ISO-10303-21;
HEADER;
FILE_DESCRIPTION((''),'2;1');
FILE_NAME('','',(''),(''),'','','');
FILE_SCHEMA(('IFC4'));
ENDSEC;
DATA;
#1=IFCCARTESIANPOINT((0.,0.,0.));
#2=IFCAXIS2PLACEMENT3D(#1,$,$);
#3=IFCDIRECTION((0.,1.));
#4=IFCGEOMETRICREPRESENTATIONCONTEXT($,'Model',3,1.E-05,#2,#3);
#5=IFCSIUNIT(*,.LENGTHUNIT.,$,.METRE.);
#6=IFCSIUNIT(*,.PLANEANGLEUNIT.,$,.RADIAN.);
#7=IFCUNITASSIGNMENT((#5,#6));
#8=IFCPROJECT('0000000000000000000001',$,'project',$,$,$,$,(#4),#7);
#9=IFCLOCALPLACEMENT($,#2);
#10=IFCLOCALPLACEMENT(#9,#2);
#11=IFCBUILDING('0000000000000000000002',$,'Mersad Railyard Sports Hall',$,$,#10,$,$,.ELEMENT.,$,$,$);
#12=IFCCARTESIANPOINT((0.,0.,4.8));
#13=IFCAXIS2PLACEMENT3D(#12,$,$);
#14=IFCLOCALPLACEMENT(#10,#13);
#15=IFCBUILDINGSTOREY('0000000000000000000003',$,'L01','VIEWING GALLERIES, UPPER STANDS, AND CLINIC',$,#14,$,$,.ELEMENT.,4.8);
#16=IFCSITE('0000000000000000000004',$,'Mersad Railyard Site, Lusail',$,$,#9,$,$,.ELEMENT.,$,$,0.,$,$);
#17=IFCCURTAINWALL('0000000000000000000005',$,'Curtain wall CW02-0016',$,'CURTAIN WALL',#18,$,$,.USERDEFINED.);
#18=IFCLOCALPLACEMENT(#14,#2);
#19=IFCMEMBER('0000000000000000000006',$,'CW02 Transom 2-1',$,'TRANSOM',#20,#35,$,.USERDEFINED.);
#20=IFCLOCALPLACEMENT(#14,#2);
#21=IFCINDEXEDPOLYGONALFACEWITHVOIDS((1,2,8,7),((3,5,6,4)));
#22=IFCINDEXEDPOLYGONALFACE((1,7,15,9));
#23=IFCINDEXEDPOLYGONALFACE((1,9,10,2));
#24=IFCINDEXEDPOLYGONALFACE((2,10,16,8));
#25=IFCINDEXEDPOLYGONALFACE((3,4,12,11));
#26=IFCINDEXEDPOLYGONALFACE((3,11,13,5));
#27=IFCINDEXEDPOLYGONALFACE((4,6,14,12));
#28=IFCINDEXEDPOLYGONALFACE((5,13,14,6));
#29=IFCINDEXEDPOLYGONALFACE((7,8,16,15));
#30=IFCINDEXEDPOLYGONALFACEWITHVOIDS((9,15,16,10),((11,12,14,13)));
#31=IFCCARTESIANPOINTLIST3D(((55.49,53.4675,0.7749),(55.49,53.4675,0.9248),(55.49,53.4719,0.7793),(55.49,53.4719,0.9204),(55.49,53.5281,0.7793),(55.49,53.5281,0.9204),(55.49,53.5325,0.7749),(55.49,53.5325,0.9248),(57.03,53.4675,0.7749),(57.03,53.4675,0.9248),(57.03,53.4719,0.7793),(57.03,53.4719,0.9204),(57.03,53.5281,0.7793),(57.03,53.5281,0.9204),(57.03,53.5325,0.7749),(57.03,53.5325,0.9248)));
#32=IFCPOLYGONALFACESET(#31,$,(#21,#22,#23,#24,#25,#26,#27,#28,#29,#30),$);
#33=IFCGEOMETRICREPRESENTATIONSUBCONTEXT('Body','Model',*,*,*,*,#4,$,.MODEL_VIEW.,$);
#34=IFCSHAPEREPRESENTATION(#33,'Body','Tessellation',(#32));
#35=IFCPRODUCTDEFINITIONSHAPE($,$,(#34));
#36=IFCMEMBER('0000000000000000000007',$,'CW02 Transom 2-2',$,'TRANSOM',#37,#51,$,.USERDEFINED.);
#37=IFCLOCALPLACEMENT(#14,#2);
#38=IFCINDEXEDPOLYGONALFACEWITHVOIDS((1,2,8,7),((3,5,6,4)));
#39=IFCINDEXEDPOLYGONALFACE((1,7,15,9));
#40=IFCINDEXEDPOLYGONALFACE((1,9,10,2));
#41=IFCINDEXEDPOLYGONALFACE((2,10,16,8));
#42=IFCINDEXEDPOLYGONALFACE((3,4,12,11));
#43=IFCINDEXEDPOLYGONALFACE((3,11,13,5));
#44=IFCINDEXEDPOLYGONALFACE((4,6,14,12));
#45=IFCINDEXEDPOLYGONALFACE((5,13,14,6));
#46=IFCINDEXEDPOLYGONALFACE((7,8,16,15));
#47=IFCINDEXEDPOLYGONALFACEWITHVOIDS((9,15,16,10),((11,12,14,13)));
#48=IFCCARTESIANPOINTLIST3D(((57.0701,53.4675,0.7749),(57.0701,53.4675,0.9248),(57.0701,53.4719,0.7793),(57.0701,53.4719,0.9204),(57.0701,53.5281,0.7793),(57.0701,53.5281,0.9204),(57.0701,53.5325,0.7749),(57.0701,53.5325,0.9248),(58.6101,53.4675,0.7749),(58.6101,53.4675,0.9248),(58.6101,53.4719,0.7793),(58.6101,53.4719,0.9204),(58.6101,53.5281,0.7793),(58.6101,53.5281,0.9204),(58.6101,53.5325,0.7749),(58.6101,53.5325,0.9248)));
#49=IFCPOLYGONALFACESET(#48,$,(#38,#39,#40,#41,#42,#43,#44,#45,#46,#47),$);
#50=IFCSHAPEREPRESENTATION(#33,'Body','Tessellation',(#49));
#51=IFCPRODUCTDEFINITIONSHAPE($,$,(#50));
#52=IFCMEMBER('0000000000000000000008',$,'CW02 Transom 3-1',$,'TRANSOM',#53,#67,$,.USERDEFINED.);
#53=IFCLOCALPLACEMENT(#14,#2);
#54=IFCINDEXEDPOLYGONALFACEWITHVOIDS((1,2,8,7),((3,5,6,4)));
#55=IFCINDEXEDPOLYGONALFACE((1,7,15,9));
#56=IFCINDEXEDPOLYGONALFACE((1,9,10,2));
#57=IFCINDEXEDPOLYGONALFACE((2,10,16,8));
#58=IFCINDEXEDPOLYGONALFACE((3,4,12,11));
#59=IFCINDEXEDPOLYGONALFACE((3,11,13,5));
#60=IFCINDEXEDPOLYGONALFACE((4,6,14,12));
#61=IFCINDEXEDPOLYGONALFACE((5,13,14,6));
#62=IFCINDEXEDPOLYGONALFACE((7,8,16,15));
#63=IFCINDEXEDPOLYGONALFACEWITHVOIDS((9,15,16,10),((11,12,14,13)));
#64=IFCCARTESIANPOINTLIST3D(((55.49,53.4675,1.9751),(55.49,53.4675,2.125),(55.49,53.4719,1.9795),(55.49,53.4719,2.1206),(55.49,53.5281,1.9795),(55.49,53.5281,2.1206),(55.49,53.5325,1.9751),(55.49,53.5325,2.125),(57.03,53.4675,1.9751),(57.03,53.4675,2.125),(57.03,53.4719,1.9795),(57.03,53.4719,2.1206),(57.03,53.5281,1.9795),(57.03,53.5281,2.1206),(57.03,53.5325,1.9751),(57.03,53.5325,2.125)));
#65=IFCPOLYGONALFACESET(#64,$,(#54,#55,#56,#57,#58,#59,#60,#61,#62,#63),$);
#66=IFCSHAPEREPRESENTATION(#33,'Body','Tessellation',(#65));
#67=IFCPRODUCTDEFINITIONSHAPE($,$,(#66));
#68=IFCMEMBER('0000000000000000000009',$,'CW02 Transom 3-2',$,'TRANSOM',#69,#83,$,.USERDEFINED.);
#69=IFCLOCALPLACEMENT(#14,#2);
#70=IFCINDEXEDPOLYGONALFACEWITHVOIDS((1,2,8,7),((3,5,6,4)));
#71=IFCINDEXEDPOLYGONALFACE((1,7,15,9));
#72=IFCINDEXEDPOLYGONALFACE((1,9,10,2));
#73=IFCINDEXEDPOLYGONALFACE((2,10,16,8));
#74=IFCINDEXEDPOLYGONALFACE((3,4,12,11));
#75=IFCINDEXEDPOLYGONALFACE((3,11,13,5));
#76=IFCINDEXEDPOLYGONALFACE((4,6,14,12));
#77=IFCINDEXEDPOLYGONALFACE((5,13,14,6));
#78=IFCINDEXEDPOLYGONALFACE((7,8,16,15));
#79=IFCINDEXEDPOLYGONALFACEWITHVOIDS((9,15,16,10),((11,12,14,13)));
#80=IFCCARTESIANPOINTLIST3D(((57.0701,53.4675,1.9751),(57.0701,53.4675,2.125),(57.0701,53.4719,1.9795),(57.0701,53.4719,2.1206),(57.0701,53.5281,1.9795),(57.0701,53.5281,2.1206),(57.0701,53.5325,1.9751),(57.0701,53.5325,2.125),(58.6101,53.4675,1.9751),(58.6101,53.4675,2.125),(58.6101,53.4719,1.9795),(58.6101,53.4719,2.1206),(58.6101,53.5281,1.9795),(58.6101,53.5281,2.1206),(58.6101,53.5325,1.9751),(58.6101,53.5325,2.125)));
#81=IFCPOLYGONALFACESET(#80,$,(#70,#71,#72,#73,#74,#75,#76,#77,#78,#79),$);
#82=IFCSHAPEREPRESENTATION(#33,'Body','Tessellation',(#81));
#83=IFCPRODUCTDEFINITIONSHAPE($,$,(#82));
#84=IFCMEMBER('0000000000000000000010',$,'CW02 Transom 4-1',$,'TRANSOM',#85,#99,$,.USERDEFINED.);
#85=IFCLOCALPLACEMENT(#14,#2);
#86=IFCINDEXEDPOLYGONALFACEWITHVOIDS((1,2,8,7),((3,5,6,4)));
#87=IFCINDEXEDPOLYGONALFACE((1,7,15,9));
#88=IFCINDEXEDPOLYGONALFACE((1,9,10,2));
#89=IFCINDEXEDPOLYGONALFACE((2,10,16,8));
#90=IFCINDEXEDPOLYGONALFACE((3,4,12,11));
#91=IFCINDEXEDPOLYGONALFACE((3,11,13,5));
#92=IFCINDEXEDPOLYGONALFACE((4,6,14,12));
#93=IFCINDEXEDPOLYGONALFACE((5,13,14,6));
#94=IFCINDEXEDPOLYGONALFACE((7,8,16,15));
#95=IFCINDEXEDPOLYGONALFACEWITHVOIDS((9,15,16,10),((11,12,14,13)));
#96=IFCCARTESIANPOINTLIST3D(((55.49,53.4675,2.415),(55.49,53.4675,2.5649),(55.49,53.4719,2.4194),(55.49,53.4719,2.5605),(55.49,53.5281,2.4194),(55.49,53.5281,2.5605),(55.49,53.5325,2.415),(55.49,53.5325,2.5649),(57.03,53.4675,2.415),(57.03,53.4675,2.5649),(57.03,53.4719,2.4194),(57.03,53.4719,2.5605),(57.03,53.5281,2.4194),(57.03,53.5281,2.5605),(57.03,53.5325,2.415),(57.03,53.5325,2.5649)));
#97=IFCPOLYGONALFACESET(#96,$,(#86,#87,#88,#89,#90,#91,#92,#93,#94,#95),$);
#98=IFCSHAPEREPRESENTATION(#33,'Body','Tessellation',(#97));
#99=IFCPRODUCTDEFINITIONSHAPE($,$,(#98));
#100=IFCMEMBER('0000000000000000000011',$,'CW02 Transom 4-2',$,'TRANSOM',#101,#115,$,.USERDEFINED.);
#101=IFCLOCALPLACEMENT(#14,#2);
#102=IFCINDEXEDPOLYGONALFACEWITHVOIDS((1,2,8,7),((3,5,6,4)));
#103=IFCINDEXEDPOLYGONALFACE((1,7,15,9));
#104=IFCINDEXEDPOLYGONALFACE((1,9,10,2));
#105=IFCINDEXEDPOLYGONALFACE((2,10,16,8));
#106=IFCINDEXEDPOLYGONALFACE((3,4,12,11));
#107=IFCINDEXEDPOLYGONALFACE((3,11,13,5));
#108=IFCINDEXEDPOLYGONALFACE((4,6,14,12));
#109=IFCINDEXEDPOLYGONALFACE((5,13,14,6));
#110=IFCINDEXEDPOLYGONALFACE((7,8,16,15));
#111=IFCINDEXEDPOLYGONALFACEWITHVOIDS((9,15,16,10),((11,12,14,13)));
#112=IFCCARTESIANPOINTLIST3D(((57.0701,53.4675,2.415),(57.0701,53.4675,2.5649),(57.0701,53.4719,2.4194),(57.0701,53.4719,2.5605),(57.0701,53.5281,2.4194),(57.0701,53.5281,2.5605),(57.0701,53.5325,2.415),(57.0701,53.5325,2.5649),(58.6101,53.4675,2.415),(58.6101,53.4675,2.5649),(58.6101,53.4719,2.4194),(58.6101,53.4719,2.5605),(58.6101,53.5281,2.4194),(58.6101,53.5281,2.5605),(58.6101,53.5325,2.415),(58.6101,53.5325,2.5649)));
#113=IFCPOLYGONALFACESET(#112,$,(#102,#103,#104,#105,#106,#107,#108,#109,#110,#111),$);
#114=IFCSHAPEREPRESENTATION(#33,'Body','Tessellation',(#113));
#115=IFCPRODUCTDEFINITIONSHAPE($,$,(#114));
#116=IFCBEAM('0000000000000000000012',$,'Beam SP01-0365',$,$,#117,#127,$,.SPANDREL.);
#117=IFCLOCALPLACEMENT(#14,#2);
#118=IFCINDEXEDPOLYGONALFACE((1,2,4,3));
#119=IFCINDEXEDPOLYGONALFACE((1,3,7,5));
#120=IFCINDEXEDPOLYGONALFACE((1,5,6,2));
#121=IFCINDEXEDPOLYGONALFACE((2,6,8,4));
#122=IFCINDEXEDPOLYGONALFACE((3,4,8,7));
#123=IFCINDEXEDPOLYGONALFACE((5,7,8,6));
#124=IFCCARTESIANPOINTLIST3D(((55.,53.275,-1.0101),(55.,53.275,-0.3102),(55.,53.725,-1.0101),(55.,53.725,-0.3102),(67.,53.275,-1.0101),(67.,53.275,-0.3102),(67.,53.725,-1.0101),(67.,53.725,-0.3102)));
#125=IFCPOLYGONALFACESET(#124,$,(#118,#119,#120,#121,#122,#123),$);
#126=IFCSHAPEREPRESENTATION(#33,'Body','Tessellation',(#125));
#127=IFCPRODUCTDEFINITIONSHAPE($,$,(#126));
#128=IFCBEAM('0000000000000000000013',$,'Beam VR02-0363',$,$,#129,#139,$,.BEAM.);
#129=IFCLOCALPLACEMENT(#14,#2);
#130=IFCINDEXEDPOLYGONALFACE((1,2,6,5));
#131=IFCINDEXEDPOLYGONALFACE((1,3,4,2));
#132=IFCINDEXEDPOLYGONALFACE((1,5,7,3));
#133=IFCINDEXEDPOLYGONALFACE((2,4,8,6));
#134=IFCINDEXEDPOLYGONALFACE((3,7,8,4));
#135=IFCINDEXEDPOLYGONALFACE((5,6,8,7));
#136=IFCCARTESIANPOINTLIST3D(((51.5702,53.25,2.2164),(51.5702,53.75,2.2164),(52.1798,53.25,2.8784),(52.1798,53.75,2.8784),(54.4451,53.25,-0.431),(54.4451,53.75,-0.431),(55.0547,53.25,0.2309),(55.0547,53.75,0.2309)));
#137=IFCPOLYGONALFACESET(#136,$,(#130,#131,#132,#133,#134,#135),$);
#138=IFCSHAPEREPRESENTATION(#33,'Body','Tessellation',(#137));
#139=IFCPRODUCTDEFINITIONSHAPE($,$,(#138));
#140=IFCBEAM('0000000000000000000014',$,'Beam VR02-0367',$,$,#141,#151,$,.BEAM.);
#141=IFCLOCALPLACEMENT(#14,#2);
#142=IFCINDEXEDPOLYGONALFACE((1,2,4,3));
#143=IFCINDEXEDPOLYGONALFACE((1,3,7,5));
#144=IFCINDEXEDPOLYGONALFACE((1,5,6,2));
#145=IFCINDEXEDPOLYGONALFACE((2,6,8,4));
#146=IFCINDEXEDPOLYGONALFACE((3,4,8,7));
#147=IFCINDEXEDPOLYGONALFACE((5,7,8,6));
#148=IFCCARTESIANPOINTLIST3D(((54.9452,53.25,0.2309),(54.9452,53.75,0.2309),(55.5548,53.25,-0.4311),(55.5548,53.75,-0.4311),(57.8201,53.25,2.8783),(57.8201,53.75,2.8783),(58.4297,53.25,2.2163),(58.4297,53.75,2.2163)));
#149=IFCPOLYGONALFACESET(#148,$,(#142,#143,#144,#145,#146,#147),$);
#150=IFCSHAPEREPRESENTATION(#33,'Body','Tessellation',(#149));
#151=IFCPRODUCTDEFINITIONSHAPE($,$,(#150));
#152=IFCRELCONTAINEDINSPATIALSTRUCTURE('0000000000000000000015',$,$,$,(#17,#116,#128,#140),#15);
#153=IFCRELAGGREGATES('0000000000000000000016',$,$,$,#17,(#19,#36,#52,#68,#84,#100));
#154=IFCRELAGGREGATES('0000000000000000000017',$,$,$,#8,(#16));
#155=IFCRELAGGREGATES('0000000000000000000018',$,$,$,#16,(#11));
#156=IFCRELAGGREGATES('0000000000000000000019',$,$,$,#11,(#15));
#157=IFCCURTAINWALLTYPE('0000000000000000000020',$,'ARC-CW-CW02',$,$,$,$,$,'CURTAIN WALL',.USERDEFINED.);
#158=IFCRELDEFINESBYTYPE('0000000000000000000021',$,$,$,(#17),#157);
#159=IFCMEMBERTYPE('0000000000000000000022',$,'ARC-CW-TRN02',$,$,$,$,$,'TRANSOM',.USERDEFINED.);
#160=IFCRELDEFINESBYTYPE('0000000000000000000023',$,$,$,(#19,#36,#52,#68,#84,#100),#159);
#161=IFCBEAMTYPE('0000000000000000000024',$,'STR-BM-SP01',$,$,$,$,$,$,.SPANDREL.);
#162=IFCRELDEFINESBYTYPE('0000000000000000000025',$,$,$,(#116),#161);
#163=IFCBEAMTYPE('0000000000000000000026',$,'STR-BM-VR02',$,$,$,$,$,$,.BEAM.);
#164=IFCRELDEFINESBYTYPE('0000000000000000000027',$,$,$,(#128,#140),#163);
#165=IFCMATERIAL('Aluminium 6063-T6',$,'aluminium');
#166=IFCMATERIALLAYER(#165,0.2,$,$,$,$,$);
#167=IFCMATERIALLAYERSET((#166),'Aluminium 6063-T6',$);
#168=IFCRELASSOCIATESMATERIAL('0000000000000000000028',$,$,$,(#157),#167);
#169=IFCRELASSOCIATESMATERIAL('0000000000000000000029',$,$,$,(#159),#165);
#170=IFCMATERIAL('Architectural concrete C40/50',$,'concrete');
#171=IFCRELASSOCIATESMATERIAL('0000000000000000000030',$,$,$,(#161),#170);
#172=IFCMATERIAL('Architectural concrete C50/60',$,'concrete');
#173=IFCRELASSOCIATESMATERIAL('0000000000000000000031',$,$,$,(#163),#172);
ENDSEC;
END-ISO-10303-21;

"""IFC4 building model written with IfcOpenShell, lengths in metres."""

from ifc_helpers import new_model, si_unit, direction, frame, origin, origin_2d, place, context, subcontext, project, spatial, rectangle, hollow_rectangle, extrude, material, layer, layer_set, material_profile, profile_set, type_object, element, aggregate, save


model = new_model("IFC4")

# Units and contexts
model_context = context("Model", 3, precision=1e-05, world=origin(), true_north=direction((0.0, 1.0)))
body_context = subcontext(model_context, "Body", "Model", "MODEL_VIEW")
ifc_project = project(units=[si_unit("LENGTHUNIT", "METRE"), si_unit("PLANEANGLEUNIT", "RADIAN")], contexts=[model_context])

# Site, building, storey
site_placement = place(None, origin())
site = spatial("IfcSite", under=ifc_project, at=site_placement, Name="Mersad Railyard Site, Lusail", CompositionType="ELEMENT", RefElevation=0.0)
building_placement = place(site_placement, origin())
building = spatial("IfcBuilding", under=site, at=building_placement, Name="Mersad Railyard Sports Hall", CompositionType="ELEMENT")
storey_placement = place(building_placement, frame((0.0, 0.0, 4.8)))
storey = spatial("IfcBuildingStorey", under=building, at=storey_placement, Name="L01", Description="VIEWING GALLERIES, UPPER STANDS, AND CLINIC", CompositionType="ELEMENT", Elevation=4.8)

# Shared definitions
ifc_material_1 = material(Name="Architectural concrete C50/60", Category="concrete")

# Curtain wall
ifc_material_2 = material(Name="Aluminium 6063-T6", Category="aluminium")
ifc_layer_1 = layer(ifc_material_2, 0.2)
ifc_layer_set_1 = layer_set([ifc_layer_1], Name="Aluminium 6063-T6")
curtain_wall_type = type_object("IfcCurtainWallType", Name="ARC-CW-CW02", ElementType="CURTAIN WALL", PredefinedType="USERDEFINED", material=ifc_layer_set_1)
curtain_wall_1_placement = place(storey_placement, origin())
curtain_wall_1 = element("IfcCurtainWall", 1, at=curtain_wall_1_placement, inside=storey, type_object=curtain_wall_type, Name="Curtain wall CW02-0016", ObjectType="CURTAIN WALL", PredefinedType="USERDEFINED")

# Members
ifc_material_profile_1 = material_profile(ifc_material_2, hollow_rectangle(XDim=0.0649, YDim=0.1499, WallThickness=0.0044, at=origin_2d()), Name="AL TRANSOM 65x150x4.5")
ifc_profile_set_1 = profile_set([ifc_material_profile_1], Name="Aluminium 6063-T6")
member_type_1 = type_object("IfcMemberType", Name="ARC-CW-TRN02", ElementType="TRANSOM", PredefinedType="USERDEFINED", material=ifc_profile_set_1)
member_1_placement = place(storey_placement, frame((55.49, 53.5, 0.8499), z_axis=(1.0, 0.0, 0.0), x_axis=(0.0, 1.0, 0.0)))
member_1 = element("IfcMember", 2, at=member_1_placement, type_object=member_type_1, Name="CW02 Transom 2-1", ObjectType="TRANSOM", PredefinedType="USERDEFINED", context=body_context, shape_type="SweptSolid", body=[
    extrude(hollow_rectangle(XDim=0.0649, YDim=0.1499, WallThickness=0.0044, at=origin_2d()), origin(), (0.0, 0.0, 1.0), 1.54),
])
member_2_placement = place(storey_placement, frame((57.0701, 53.5, 0.8499), z_axis=(1.0, 0.0, 0.0), x_axis=(0.0, 1.0, 0.0)))
member_2 = element("IfcMember", 3, at=member_2_placement, type_object=member_type_1, Name="CW02 Transom 2-2", ObjectType="TRANSOM", PredefinedType="USERDEFINED", context=body_context, shape_type="SweptSolid", body=[
    extrude(hollow_rectangle(XDim=0.0649, YDim=0.1499, WallThickness=0.0044, at=origin_2d()), origin(), (0.0, 0.0, 1.0), 1.54),
])
member_3_placement = place(storey_placement, frame((55.49, 53.5, 2.05), z_axis=(1.0, 0.0, 0.0), x_axis=(0.0, 1.0, 0.0)))
member_3 = element("IfcMember", 4, at=member_3_placement, type_object=member_type_1, Name="CW02 Transom 3-1", ObjectType="TRANSOM", PredefinedType="USERDEFINED", context=body_context, shape_type="SweptSolid", body=[
    extrude(hollow_rectangle(XDim=0.0649, YDim=0.1499, WallThickness=0.0044, at=origin_2d()), origin(), (0.0, 0.0, 1.0), 1.54),
])
member_4_placement = place(storey_placement, frame((57.0701, 53.5, 2.05), z_axis=(1.0, 0.0, 0.0), x_axis=(0.0, 1.0, 0.0)))
member_4 = element("IfcMember", 5, at=member_4_placement, type_object=member_type_1, Name="CW02 Transom 3-2", ObjectType="TRANSOM", PredefinedType="USERDEFINED", context=body_context, shape_type="SweptSolid", body=[
    extrude(hollow_rectangle(XDim=0.0649, YDim=0.1499, WallThickness=0.0044, at=origin_2d()), origin(), (0.0, 0.0, 1.0), 1.54),
])
member_5_placement = place(storey_placement, frame((55.49, 53.5, 2.49), z_axis=(1.0, 0.0, 0.0), x_axis=(0.0, 1.0, 0.0)))
member_5 = element("IfcMember", 6, at=member_5_placement, type_object=member_type_1, Name="CW02 Transom 4-1", ObjectType="TRANSOM", PredefinedType="USERDEFINED", context=body_context, shape_type="SweptSolid", body=[
    extrude(hollow_rectangle(XDim=0.0649, YDim=0.1499, WallThickness=0.0044, at=origin_2d()), origin(), (0.0, 0.0, 1.0), 1.54),
])
member_6_placement = place(storey_placement, frame((57.0701, 53.5, 2.49), z_axis=(1.0, 0.0, 0.0), x_axis=(0.0, 1.0, 0.0)))
member_6 = element("IfcMember", 7, at=member_6_placement, type_object=member_type_1, Name="CW02 Transom 4-2", ObjectType="TRANSOM", PredefinedType="USERDEFINED", context=body_context, shape_type="SweptSolid", body=[
    extrude(hollow_rectangle(XDim=0.0649, YDim=0.1499, WallThickness=0.0044, at=origin_2d()), origin(), (0.0, 0.0, 1.0), 1.54),
])

# Beams
ifc_material_3 = material(Name="Architectural concrete C40/50", Category="concrete")
ifc_material_profile_2 = material_profile(ifc_material_3, rectangle(XDim=0.45, YDim=0.7, at=origin_2d()), Name="RC 450x700")
ifc_profile_set_2 = profile_set([ifc_material_profile_2], Name="Architectural concrete C40/50")
beam_type_1 = type_object("IfcBeamType", Name="STR-BM-SP01", PredefinedType="SPANDREL", material=ifc_profile_set_2)
beam_placement = place(storey_placement, frame((55.0, 53.5, -0.6602), z_axis=(1.0, 0.0, 0.0), x_axis=(0.0, 1.0, 0.0)))
element("IfcBeam", 8, at=beam_placement, inside=storey, type_object=beam_type_1, Name="Beam SP01-0365", PredefinedType="SPANDREL", context=body_context, shape_type="SweptSolid", body=[
    extrude(rectangle(XDim=0.45, YDim=0.7, at=origin_2d()), origin(), (0.0, 0.0, 1.0), 12.0),
])
ifc_material_profile_3 = material_profile(ifc_material_1, rectangle(XDim=0.5, YDim=0.8999, at=origin_2d()), Name="VR 500x900")
ifc_profile_set_3 = profile_set([ifc_material_profile_3], Name="Architectural concrete C50/60")
beam_type_2 = type_object("IfcBeamType", Name="STR-BM-VR02", PredefinedType="BEAM", material=ifc_profile_set_3)
for number, where, z_axis, x_axis, name in (
    (9, (51.875, 53.5, 2.5474), (0.735617, 0.0, -0.677397), (0.0, 1.0, 0.0), "Beam VR02-0363"),
    (10, (55.25, 53.5, -0.1001), (0.735617, 0.0, 0.677397), (0.0, 1.0, 0.0), "Beam VR02-0367"),
):
    element("IfcBeam", number, at=place(storey_placement, frame(where, z_axis=z_axis, x_axis=x_axis)), inside=storey, type_object=beam_type_2, Name=name, PredefinedType="BEAM", context=body_context, shape_type="SweptSolid", body=[
        extrude(rectangle(XDim=0.5, YDim=0.8999, at=origin_2d()), origin(), (0.0, 0.0, 1.0), 3.9082),
    ])

aggregate(curtain_wall_1, [member_1, member_2, member_3, member_4, member_5, member_6])

save(model, "model.ifc")
